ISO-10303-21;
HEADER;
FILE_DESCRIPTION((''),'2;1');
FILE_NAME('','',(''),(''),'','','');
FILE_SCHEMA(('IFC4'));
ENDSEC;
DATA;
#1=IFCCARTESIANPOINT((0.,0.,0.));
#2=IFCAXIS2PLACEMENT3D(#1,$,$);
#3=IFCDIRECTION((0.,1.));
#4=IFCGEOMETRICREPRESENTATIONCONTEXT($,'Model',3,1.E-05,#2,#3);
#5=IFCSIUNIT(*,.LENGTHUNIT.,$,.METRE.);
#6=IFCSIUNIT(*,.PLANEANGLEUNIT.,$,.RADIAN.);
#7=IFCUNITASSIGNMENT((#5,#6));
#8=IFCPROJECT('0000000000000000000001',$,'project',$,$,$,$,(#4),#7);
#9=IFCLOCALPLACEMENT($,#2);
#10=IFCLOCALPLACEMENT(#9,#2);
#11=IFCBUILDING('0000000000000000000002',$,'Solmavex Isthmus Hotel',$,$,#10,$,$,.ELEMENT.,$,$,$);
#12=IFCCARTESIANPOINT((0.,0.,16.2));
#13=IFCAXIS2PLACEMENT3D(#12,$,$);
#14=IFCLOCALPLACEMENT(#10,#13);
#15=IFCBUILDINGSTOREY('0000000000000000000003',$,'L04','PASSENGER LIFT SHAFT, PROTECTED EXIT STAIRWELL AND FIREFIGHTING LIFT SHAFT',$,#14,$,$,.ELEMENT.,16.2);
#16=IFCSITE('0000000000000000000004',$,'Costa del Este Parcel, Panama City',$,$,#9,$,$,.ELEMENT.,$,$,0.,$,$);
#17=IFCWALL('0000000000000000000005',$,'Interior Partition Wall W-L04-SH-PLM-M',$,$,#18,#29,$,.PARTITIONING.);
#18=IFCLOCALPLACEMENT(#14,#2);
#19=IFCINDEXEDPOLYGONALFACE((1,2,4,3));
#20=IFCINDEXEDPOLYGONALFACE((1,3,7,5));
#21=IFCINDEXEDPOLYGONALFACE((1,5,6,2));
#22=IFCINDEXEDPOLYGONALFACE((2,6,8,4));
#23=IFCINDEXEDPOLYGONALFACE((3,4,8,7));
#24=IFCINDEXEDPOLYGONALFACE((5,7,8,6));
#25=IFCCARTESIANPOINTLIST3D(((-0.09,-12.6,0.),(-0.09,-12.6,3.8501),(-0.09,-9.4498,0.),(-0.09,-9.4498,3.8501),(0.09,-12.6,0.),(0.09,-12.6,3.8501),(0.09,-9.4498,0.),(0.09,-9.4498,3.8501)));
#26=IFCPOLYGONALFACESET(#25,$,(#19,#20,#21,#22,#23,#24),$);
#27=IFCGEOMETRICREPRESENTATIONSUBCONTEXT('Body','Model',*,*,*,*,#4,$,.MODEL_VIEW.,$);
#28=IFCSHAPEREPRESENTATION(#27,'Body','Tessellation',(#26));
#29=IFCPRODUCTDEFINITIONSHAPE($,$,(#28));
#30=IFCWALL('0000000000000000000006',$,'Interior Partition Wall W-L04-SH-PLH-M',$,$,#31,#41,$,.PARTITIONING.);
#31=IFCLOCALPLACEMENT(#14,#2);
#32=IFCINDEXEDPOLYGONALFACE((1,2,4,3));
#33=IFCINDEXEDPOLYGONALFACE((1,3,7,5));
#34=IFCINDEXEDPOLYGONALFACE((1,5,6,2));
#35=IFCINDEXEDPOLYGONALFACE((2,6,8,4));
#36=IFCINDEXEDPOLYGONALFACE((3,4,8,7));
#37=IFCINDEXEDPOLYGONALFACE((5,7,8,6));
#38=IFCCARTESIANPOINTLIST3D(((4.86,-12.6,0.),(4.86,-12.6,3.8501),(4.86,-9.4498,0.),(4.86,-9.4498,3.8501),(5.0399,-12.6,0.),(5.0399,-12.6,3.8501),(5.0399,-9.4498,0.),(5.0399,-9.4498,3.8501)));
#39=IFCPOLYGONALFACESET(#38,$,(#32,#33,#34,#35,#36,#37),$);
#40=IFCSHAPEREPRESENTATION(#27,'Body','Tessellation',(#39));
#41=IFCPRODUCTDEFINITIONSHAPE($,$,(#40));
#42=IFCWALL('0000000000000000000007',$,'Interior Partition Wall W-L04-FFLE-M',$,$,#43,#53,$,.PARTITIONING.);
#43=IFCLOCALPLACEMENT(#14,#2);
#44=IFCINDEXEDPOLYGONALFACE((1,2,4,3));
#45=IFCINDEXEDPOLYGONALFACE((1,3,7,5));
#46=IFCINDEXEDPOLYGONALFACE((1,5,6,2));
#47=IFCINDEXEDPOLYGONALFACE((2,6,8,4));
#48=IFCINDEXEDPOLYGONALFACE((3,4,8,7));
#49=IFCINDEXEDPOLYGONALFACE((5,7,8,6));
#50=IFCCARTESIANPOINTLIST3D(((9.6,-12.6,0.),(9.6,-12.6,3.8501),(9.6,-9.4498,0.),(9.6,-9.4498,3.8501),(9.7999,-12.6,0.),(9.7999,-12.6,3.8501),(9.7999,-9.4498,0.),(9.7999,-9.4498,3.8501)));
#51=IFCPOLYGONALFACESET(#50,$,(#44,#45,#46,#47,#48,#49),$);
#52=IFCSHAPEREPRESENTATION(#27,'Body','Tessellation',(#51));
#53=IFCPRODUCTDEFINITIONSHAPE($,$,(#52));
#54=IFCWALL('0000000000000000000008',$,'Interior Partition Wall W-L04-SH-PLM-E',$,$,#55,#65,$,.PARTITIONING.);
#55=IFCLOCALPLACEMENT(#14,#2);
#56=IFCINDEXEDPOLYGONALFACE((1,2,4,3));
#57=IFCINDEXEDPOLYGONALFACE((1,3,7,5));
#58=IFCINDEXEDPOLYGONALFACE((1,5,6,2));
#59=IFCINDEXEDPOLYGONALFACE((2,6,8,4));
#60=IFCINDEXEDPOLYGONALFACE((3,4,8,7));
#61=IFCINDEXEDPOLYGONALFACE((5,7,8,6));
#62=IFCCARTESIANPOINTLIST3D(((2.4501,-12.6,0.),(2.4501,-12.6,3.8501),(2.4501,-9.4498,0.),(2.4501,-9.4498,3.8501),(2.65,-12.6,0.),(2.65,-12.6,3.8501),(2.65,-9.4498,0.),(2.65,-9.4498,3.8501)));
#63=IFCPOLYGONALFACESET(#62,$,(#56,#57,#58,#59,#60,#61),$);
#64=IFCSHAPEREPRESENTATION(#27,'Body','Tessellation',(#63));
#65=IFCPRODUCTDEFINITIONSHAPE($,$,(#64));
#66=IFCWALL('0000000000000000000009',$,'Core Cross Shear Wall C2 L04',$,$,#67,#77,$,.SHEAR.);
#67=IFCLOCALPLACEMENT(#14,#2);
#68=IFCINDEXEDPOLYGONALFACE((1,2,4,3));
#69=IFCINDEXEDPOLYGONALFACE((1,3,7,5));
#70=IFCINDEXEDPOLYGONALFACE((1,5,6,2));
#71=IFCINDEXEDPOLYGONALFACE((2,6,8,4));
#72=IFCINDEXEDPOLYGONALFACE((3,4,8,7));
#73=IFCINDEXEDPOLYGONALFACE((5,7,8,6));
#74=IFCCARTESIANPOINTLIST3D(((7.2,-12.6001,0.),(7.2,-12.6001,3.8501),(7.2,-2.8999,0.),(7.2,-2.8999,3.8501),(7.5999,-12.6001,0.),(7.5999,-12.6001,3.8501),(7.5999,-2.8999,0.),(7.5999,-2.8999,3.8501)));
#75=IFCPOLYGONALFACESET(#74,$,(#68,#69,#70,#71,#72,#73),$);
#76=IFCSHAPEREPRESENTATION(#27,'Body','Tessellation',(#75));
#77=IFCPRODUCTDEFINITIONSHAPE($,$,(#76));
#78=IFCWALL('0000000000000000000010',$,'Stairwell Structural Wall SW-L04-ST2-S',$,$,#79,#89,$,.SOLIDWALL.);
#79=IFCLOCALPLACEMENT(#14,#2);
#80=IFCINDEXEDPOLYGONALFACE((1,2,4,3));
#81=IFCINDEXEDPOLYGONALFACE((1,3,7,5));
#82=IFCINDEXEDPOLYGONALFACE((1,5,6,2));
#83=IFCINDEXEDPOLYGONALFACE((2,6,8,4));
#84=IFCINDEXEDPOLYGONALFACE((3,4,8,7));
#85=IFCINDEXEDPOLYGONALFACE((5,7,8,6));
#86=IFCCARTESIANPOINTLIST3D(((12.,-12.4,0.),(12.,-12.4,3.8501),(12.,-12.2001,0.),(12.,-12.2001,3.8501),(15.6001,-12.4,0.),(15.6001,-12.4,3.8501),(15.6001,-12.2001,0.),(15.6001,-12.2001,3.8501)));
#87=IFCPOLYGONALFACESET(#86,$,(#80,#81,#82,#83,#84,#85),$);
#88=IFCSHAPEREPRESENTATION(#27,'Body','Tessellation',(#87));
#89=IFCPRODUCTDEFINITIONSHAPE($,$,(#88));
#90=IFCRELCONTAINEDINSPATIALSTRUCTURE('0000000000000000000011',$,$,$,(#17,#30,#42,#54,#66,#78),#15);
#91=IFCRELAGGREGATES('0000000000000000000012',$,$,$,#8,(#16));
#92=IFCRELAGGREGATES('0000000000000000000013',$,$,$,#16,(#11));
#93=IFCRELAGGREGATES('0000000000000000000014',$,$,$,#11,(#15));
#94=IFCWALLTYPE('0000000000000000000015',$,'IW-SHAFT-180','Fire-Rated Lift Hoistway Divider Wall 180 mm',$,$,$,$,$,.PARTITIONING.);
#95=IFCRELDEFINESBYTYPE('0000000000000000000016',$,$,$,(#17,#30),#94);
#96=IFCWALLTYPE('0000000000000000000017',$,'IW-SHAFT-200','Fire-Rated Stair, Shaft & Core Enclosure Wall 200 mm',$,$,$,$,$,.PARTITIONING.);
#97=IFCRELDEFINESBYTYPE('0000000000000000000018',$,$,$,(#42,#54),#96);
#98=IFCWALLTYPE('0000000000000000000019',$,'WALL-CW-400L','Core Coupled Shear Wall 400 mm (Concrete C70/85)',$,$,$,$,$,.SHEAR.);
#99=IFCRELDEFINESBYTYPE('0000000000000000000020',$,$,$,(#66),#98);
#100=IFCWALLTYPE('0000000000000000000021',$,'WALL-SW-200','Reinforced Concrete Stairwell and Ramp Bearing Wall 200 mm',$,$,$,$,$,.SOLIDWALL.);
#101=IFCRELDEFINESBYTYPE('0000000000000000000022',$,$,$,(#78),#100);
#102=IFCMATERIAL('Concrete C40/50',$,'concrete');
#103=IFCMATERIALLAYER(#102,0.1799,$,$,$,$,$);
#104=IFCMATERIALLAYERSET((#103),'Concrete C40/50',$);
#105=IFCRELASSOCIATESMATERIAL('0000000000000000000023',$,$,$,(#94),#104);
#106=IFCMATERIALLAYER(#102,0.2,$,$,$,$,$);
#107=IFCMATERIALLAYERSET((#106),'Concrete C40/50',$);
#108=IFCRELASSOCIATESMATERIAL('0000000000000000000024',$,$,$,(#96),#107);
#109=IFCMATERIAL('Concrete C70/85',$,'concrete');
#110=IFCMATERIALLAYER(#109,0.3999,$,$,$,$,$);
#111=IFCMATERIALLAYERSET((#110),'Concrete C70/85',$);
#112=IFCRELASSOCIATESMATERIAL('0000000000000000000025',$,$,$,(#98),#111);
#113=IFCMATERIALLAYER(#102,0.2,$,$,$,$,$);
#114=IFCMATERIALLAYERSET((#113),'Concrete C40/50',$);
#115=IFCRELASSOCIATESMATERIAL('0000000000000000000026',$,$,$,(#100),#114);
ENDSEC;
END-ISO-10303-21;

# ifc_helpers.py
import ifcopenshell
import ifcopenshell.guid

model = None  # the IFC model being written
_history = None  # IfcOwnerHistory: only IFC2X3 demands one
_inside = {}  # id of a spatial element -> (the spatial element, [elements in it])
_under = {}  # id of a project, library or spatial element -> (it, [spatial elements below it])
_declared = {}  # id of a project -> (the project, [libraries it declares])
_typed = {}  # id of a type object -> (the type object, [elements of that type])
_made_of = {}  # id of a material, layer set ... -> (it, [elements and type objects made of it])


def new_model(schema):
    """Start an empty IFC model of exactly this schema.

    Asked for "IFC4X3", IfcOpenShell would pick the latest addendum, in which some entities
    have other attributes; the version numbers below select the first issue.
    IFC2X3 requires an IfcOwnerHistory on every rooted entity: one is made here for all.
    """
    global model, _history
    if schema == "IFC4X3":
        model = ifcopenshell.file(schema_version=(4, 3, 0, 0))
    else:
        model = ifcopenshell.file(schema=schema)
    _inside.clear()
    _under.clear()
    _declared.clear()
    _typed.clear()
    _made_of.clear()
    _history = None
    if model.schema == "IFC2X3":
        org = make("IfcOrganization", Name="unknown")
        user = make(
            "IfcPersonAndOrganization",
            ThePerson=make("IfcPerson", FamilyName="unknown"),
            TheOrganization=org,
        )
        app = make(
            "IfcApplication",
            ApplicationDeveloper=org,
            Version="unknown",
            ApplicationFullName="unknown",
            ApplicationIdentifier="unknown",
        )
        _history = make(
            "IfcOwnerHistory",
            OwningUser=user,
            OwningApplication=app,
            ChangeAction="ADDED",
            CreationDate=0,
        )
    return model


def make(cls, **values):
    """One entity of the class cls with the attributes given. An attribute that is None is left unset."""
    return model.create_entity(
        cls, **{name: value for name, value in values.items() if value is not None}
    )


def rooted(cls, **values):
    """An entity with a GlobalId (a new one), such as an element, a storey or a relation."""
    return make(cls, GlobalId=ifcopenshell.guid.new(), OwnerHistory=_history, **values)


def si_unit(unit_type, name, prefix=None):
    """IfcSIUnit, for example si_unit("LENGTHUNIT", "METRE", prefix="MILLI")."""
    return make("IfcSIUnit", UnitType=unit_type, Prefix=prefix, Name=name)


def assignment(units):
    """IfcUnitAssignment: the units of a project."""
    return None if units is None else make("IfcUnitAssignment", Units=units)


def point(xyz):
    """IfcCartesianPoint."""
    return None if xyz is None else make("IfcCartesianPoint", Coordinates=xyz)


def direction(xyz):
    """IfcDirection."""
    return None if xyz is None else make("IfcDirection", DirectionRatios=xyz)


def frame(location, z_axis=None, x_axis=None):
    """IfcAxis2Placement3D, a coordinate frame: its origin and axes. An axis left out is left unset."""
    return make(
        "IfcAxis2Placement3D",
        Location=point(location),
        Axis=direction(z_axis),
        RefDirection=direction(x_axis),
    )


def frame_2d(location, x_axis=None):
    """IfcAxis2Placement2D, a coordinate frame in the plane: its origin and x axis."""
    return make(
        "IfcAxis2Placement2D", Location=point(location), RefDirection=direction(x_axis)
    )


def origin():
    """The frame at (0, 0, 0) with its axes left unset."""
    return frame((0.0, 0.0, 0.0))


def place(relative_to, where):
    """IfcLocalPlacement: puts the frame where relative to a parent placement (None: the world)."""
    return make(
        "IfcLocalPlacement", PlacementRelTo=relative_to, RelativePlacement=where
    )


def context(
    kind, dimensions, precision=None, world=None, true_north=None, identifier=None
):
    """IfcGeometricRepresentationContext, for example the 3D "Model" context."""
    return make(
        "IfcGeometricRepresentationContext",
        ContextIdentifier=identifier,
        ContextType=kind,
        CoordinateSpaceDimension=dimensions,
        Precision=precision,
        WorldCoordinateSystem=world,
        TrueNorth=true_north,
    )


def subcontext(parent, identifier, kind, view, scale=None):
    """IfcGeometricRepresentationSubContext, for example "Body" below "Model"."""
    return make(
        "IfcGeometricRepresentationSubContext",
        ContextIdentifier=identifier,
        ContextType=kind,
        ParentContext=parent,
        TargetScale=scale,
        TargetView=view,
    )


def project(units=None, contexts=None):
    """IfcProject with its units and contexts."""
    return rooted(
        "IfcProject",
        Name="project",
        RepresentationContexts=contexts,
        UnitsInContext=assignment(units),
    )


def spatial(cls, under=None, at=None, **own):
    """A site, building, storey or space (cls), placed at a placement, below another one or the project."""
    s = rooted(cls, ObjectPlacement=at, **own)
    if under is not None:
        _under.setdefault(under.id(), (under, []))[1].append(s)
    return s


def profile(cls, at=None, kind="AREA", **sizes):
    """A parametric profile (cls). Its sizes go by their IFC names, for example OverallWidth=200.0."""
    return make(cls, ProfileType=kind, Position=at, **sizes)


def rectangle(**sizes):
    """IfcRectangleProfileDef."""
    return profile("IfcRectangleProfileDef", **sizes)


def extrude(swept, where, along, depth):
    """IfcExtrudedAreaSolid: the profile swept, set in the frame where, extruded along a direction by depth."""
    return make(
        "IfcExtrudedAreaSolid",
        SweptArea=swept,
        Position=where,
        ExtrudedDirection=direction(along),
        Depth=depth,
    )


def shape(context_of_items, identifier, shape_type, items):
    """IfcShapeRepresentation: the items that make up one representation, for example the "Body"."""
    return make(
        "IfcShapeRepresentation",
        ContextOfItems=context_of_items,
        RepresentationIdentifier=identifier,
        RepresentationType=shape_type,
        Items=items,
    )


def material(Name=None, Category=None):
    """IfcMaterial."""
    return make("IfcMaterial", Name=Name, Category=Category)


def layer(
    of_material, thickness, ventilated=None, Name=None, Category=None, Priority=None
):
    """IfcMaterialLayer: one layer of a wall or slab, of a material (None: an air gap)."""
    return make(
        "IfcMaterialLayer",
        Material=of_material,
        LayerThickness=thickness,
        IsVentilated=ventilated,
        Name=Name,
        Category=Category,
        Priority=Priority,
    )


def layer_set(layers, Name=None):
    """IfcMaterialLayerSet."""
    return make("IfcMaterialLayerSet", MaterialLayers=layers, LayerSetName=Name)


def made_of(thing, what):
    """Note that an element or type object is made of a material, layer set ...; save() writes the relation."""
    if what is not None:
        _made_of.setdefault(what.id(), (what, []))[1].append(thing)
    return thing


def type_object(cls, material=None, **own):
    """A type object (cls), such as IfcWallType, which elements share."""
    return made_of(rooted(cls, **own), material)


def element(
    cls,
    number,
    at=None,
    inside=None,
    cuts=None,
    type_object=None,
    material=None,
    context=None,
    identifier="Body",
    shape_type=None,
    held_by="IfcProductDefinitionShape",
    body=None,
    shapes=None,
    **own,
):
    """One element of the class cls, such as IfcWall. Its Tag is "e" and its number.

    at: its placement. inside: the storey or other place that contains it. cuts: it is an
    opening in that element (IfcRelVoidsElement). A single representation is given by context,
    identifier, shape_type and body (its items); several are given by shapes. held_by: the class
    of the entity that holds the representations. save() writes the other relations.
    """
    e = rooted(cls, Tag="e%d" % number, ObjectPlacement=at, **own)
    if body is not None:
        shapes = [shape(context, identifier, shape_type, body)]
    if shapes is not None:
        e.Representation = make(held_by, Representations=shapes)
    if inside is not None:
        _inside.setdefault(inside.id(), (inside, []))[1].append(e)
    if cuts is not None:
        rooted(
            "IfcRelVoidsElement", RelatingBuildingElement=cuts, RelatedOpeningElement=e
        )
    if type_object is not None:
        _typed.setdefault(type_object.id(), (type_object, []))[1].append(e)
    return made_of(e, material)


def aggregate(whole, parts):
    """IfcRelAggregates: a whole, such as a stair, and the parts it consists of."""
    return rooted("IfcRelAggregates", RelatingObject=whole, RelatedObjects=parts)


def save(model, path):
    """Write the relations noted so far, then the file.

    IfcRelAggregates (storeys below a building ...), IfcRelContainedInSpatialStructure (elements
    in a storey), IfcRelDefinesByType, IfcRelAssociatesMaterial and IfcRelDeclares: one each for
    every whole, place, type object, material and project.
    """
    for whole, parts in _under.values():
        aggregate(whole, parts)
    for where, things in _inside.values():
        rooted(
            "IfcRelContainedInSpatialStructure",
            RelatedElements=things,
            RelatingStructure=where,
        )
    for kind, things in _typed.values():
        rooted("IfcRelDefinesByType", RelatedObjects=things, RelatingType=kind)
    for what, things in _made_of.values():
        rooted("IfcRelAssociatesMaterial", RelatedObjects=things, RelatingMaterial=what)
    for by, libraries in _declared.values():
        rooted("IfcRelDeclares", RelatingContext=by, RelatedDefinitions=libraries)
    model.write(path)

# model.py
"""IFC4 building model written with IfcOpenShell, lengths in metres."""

from ifc_helpers import new_model, si_unit, direction, frame, frame_2d, origin, place, context, subcontext, project, spatial, rectangle, extrude, material, layer, layer_set, type_object, element, save


model = new_model("IFC4")

# Units and contexts
model_context = context("Model", 3, precision=1e-05, world=origin(), true_north=direction((0.0, 1.0)))
body_context = subcontext(model_context, "Body", "Model", "MODEL_VIEW")
ifc_project = project(units=[si_unit("LENGTHUNIT", "METRE"), si_unit("PLANEANGLEUNIT", "RADIAN")], contexts=[model_context])

# Site, building, storey
site_placement = place(None, origin())
site = spatial("IfcSite", under=ifc_project, at=site_placement, Name="Costa del Este Parcel, Panama City", CompositionType="ELEMENT", RefElevation=0.0)
building_placement = place(site_placement, origin())
building = spatial("IfcBuilding", under=site, at=building_placement, Name="Solmavex Isthmus Hotel", CompositionType="ELEMENT")
storey_placement = place(building_placement, frame((0.0, 0.0, 16.2)))
storey = spatial("IfcBuildingStorey", under=building, at=storey_placement, Name="L04", Description="PASSENGER LIFT SHAFT, PROTECTED EXIT STAIRWELL AND FIREFIGHTING LIFT SHAFT", CompositionType="ELEMENT", Elevation=16.2)

# Shared definitions
ifc_material_1 = material(Name="Concrete C70/85", Category="concrete")

# Walls
ifc_material_2 = material(Name="Concrete C40/50", Category="concrete")
ifc_layer_1 = layer(ifc_material_2, 0.1799)
ifc_layer_set_1 = layer_set([ifc_layer_1], Name="Concrete C40/50")
wall_type_1 = type_object("IfcWallType", Name="IW-SHAFT-180", Description="Fire-Rated Lift Hoistway Divider Wall 180 mm", PredefinedType="PARTITIONING", material=ifc_layer_set_1)
for number, where, z_axis, x_axis, name in (
    (1, (0.0, -12.6001, 0.0), (0.0, 0.0, 1.0), (0.0, 1.0, 0.0), "Interior Partition Wall W-L04-SH-PLM-M"),
    (2, (4.95, -12.6001, 0.0), (0.0, 0.0, 1.0), (0.0, 1.0, 0.0), "Interior Partition Wall W-L04-SH-PLH-M"),
):
    element("IfcWall", number, at=place(storey_placement, frame(where, z_axis=z_axis, x_axis=x_axis)), inside=storey, type_object=wall_type_1, Name=name, PredefinedType="PARTITIONING", context=body_context, shape_type="SweptSolid", body=[
        extrude(rectangle(XDim=3.1501, YDim=0.1799, at=frame_2d((1.5752, 0.0))), origin(), (0.0, 0.0, 1.0), 3.8501),
    ])
ifc_layer_2 = layer(ifc_material_2, 0.2)
ifc_layer_set_2 = layer_set([ifc_layer_2], Name="Concrete C40/50")
wall_type_2 = type_object("IfcWallType", Name="IW-SHAFT-200", Description="Fire-Rated Stair, Shaft & Core Enclosure Wall 200 mm", PredefinedType="PARTITIONING", material=ifc_layer_set_2)
for number, where, z_axis, x_axis, name in (
    (3, (9.7, -12.6001, 0.0), (0.0, 0.0, 1.0), (0.0, 1.0, 0.0), "Interior Partition Wall W-L04-FFLE-M"),
    (4, (2.55, -12.6001, 0.0), (0.0, 0.0, 1.0), (0.0, 1.0, 0.0), "Interior Partition Wall W-L04-SH-PLM-E"),
):
    element("IfcWall", number, at=place(storey_placement, frame(where, z_axis=z_axis, x_axis=x_axis)), inside=storey, type_object=wall_type_2, Name=name, PredefinedType="PARTITIONING", context=body_context, shape_type="SweptSolid", body=[
        extrude(rectangle(XDim=3.1501, YDim=0.2, at=frame_2d((1.5752, 0.0))), origin(), (0.0, 0.0, 1.0), 3.8501),
    ])
ifc_layer_3 = layer(ifc_material_1, 0.3999)
ifc_layer_set_3 = layer_set([ifc_layer_3], Name="Concrete C70/85")
wall_type_3 = type_object("IfcWallType", Name="WALL-CW-400L", Description="Core Coupled Shear Wall 400 mm (Concrete C70/85)", PredefinedType="SHEAR", material=ifc_layer_set_3)
wall_1_placement = place(storey_placement, frame((7.3999, -12.6001, 0.0), z_axis=(0.0, 0.0, 1.0), x_axis=(0.0, 1.0, 0.0)))
element("IfcWall", 5, at=wall_1_placement, inside=storey, type_object=wall_type_3, Name="Core Cross Shear Wall C2 L04", PredefinedType="SHEAR", context=body_context, shape_type="SweptSolid", body=[
    extrude(rectangle(XDim=9.7002, YDim=0.3999, at=frame_2d((4.8501, 0.0))), origin(), (0.0, 0.0, 1.0), 3.8501),
])
ifc_layer_4 = layer(ifc_material_2, 0.2)
ifc_layer_set_4 = layer_set([ifc_layer_4], Name="Concrete C40/50")
wall_type_4 = type_object("IfcWallType", Name="WALL-SW-200", Description="Reinforced Concrete Stairwell and Ramp Bearing Wall 200 mm", PredefinedType="SOLIDWALL", material=ifc_layer_set_4)
wall_2_placement = place(storey_placement, frame((12.0, -12.3, 0.0), z_axis=(0.0, 0.0, 1.0), x_axis=(1.0, 0.0, 0.0)))
element("IfcWall", 6, at=wall_2_placement, inside=storey, type_object=wall_type_4, Name="Stairwell Structural Wall SW-L04-ST2-S", PredefinedType="SOLIDWALL", context=body_context, shape_type="SweptSolid", body=[
    extrude(rectangle(XDim=3.6001, YDim=0.2, at=frame_2d((1.8, 0.0))), origin(), (0.0, 0.0, 1.0), 3.8501),
])

save(model, "model.ifc")
